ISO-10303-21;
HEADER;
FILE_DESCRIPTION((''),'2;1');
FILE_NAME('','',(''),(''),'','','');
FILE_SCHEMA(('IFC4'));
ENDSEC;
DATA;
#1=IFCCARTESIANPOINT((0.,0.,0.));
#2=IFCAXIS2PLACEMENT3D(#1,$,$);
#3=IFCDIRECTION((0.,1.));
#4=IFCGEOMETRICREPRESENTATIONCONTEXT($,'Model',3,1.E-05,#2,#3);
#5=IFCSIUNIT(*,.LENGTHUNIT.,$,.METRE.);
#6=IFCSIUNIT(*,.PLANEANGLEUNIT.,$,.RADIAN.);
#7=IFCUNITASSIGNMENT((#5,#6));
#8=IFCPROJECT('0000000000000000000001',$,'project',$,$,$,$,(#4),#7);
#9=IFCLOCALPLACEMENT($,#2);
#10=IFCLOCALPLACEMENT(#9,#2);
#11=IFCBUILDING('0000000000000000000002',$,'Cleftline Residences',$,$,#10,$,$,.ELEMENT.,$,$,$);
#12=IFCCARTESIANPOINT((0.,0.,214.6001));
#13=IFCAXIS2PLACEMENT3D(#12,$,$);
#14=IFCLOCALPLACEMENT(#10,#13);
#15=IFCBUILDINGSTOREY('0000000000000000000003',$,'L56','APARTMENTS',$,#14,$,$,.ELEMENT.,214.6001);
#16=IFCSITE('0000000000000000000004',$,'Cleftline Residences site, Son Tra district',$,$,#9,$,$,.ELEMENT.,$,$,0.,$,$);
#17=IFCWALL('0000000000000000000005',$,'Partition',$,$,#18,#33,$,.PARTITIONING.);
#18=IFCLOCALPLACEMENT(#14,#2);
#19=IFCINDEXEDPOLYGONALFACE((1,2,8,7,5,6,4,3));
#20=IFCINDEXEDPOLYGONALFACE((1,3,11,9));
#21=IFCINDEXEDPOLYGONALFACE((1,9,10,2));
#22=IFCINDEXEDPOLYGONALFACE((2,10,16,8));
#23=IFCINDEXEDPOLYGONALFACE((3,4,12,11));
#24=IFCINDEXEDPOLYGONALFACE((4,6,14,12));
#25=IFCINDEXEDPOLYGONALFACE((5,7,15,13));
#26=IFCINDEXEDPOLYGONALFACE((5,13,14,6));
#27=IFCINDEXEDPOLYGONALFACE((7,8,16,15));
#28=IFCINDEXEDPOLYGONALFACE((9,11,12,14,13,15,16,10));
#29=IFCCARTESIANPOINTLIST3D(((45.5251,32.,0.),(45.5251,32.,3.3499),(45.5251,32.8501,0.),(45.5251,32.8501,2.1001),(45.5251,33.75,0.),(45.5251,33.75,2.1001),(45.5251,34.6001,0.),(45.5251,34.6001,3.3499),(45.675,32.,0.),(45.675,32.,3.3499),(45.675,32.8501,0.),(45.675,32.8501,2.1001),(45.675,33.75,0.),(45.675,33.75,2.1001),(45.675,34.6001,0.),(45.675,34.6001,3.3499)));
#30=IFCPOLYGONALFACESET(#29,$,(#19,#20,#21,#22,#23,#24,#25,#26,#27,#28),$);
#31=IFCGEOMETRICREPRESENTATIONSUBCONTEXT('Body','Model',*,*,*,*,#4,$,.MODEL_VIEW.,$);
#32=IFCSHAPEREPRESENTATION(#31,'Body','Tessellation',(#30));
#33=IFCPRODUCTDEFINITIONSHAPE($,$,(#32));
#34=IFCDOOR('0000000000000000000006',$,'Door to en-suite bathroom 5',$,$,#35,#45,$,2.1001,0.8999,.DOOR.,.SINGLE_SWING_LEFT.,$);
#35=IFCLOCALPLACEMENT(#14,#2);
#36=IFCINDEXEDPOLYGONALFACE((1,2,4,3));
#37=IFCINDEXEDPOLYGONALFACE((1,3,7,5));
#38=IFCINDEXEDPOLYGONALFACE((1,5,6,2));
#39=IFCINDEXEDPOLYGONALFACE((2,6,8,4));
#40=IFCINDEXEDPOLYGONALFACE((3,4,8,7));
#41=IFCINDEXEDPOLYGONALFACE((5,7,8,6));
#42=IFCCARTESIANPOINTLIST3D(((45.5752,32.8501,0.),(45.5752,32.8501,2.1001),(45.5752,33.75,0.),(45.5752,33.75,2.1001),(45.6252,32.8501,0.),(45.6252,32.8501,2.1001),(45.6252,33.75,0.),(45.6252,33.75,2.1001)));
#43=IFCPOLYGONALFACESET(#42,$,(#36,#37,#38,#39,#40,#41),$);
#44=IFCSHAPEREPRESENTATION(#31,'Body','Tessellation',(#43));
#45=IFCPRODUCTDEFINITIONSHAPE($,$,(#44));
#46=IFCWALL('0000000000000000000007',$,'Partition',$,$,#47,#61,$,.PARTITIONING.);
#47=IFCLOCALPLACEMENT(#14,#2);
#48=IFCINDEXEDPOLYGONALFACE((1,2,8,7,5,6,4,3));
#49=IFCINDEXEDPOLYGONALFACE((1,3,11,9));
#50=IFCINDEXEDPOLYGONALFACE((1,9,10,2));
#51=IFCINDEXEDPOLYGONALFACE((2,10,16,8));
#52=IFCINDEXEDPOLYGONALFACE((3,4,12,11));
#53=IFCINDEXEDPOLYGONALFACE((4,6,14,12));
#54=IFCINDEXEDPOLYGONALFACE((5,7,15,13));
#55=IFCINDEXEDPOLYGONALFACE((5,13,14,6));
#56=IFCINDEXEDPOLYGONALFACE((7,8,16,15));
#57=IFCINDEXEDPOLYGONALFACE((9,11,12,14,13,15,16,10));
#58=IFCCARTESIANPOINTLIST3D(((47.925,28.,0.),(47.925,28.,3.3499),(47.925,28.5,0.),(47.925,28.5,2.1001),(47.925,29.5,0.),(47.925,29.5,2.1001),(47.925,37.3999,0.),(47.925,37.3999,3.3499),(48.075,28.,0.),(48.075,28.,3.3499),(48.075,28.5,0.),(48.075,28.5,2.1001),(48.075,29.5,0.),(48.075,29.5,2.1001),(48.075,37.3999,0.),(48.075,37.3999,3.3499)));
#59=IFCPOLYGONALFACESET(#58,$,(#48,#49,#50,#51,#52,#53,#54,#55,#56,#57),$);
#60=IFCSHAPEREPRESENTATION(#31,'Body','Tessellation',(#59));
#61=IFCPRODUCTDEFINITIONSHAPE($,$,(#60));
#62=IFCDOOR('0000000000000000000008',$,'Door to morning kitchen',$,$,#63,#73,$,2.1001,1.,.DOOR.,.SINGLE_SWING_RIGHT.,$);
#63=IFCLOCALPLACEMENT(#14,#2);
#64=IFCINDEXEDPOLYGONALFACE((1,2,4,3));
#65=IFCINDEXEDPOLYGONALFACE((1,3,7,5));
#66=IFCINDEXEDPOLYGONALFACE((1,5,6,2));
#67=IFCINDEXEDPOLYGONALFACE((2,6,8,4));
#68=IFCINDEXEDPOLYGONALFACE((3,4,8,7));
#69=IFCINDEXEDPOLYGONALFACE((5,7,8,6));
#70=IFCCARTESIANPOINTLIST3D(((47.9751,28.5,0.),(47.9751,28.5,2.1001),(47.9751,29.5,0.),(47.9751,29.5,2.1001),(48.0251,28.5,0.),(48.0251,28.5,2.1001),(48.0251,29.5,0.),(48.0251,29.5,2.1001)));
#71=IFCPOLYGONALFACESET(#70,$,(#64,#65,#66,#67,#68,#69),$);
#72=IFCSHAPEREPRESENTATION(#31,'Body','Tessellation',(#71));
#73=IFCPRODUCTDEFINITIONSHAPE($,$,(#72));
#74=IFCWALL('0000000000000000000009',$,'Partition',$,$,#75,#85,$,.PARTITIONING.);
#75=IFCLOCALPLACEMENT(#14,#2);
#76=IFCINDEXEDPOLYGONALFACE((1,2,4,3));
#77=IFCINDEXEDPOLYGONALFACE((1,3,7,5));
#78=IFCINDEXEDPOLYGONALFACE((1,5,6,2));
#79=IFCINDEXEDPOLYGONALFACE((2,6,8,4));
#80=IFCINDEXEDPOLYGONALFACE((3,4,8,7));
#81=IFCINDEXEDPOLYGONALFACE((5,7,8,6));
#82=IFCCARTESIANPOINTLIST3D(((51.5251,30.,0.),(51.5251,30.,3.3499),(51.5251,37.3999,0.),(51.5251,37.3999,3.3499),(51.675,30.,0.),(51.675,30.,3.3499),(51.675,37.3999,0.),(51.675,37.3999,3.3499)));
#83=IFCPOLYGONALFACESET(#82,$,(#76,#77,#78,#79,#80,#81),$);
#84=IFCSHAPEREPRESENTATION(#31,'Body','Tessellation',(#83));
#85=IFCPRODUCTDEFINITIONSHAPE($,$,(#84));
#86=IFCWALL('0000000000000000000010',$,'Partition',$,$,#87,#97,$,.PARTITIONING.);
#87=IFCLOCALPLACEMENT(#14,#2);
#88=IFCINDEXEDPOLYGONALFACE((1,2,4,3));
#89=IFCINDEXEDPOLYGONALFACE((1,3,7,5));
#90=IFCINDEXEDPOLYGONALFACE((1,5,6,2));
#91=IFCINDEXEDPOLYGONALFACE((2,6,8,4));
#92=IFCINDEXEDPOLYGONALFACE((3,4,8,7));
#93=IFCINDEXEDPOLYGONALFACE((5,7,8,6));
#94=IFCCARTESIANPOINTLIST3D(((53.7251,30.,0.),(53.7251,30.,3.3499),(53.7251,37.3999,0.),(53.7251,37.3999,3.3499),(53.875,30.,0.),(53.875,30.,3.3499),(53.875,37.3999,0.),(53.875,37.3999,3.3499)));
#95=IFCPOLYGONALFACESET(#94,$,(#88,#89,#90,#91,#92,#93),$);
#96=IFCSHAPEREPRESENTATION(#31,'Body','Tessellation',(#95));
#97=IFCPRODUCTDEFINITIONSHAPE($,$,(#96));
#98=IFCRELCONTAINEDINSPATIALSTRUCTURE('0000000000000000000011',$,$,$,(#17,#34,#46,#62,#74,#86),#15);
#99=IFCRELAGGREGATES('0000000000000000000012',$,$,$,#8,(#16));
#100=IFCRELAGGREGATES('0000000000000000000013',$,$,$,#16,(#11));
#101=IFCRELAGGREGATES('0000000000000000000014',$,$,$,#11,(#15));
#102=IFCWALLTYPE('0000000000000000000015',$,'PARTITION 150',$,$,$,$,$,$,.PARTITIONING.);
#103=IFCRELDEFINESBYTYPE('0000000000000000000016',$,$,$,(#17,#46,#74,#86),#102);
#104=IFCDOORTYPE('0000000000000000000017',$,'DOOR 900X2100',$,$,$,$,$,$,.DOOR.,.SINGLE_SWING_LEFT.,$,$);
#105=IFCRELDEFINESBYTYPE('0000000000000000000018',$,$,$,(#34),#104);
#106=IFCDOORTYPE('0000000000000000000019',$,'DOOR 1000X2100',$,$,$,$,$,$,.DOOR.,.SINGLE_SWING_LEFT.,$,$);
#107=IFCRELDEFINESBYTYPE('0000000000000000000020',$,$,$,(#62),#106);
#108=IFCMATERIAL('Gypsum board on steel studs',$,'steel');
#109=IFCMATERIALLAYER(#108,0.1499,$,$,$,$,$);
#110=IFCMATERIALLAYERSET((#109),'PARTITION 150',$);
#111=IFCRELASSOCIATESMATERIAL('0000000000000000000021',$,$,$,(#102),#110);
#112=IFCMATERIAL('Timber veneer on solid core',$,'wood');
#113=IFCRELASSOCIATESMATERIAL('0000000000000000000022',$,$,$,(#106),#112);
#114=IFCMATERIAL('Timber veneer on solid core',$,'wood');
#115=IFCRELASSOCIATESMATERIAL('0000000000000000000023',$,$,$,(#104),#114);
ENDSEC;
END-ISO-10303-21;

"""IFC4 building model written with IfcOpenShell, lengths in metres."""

from ifc_helpers import new_model, si_unit, direction, frame, frame_2d, origin, place, context, subcontext, project, spatial, rectangle, extrude, material, layer, layer_set, type_object, element, fill, save


model = new_model("IFC4")

# Units and contexts
model_context = context("Model", 3, precision=1e-05, world=origin(), true_north=direction((0.0, 1.0)))
body_context = subcontext(model_context, "Body", "Model", "MODEL_VIEW")
ifc_project = project(units=[si_unit("LENGTHUNIT", "METRE"), si_unit("PLANEANGLEUNIT", "RADIAN")], contexts=[model_context])

# Site, building, storey
site_placement = place(None, origin())
site = spatial("IfcSite", under=ifc_project, at=site_placement, Name="Cleftline Residences site, Son Tra district", CompositionType="ELEMENT", RefElevation=0.0)
building_placement = place(site_placement, origin())
building = spatial("IfcBuilding", under=site, at=building_placement, Name="Cleftline Residences", CompositionType="ELEMENT")
storey_placement = place(building_placement, frame((0.0, 0.0, 214.6001)))
storey = spatial("IfcBuildingStorey", under=building, at=storey_placement, Name="L56", Description="APARTMENTS", CompositionType="ELEMENT", Elevation=214.6001)

# Shared definitions
ifc_material_1 = material(Name="Gypsum board on steel studs", Category="steel")
ifc_layer_1 = layer(ifc_material_1, 0.1499)
ifc_layer_set_1 = layer_set([ifc_layer_1], Name="PARTITION 150")
wall_type_1 = type_object("IfcWallType", Name="PARTITION 150", PredefinedType="PARTITIONING", material=ifc_layer_set_1)
ifc_material_2 = material(Name="Timber veneer on solid core", Category="wood")
door_type_1 = type_object("IfcDoorType", Name="DOOR 1000X2100", OperationType="SINGLE_SWING_LEFT", PredefinedType="DOOR", material=ifc_material_2)

# Walls, openings, doors
wall_1_placement = place(storey_placement, frame((45.6001, 32.0, 0.0), z_axis=(0.0, 0.0, 1.0), x_axis=(0.0, 1.0, 0.0)))
wall_1 = element("IfcWall", 1, at=wall_1_placement, inside=storey, type_object=wall_type_1, Name="Partition", PredefinedType="PARTITIONING", context=body_context, shape_type="SweptSolid", body=[
    extrude(rectangle(XDim=2.6001, YDim=0.1499, at=frame_2d((1.3, 0.0))), origin(), (0.0, 0.0, 1.0), 3.3499),
])
opening_1_placement = place(wall_1_placement, frame((0.8501, 0.0, 0.0)))
opening_1 = element("IfcOpeningElement", 2, at=opening_1_placement, cuts=wall_1, PredefinedType="OPENING", context=body_context, shape_type="SweptSolid", body=[
    extrude(rectangle(XDim=0.8999, YDim=2.1001, at=frame_2d((0.45, 1.05))), frame((0.0, 0.085, 0.0), z_axis=(0.0, -1.0, 0.0), x_axis=(1.0, 0.0, 0.0)), (0.0, 0.0, 1.0), 0.1699),
])
ifc_material_3 = material(Name="Timber veneer on solid core", Category="wood")
door_type_2 = type_object("IfcDoorType", Name="DOOR 900X2100", OperationType="SINGLE_SWING_LEFT", PredefinedType="DOOR", material=ifc_material_3)
door_1_placement = place(opening_1_placement, origin())
door_1 = element("IfcDoor", 3, at=door_1_placement, inside=storey, type_object=door_type_2, Name="Door to en-suite bathroom 5", OperationType="SINGLE_SWING_LEFT", OverallHeight=2.1001, OverallWidth=0.8999, PredefinedType="DOOR", context=body_context, shape_type="SweptSolid", body=[
    extrude(rectangle(XDim=0.8999, YDim=2.1001, at=frame_2d((0.45, 1.05))), frame((0.0, 0.0249, 0.0), z_axis=(0.0, -1.0, 0.0), x_axis=(1.0, 0.0, 0.0)), (0.0, 0.0, 1.0), 0.05),
])
fill(opening_1, door_1)
wall_2_placement = place(storey_placement, frame((48.0, 28.0, 0.0), z_axis=(0.0, 0.0, 1.0), x_axis=(0.0, 1.0, 0.0)))
wall_2 = element("IfcWall", 4, at=wall_2_placement, inside=storey, type_object=wall_type_1, Name="Partition", PredefinedType="PARTITIONING", context=body_context, shape_type="SweptSolid", body=[
    extrude(rectangle(XDim=9.3999, YDim=0.1499, at=frame_2d((4.7, 0.0))), origin(), (0.0, 0.0, 1.0), 3.3499),
])
opening_2_placement = place(wall_2_placement, frame((0.5, 0.0, 0.0)))
opening_2 = element("IfcOpeningElement", 5, at=opening_2_placement, cuts=wall_2, PredefinedType="OPENING", context=body_context, shape_type="SweptSolid", body=[
    extrude(rectangle(XDim=1.0, YDim=2.1001, at=frame_2d((0.5, 1.05))), frame((0.0, 0.085, 0.0), z_axis=(0.0, -1.0, 0.0), x_axis=(1.0, 0.0, 0.0)), (0.0, 0.0, 1.0), 0.1699),
])
door_2_placement = place(opening_2_placement, origin())
door_2 = element("IfcDoor", 6, at=door_2_placement, inside=storey, type_object=door_type_1, Name="Door to morning kitchen", OperationType="SINGLE_SWING_RIGHT", OverallHeight=2.1001, OverallWidth=1.0, PredefinedType="DOOR", context=body_context, shape_type="SweptSolid", body=[
    extrude(rectangle(XDim=1.0, YDim=2.1001, at=frame_2d((0.5, 1.05))), frame((0.0, 0.0249, 0.0), z_axis=(0.0, -1.0, 0.0), x_axis=(1.0, 0.0, 0.0)), (0.0, 0.0, 1.0), 0.05),
])
fill(opening_2, door_2)

# Walls
for number, where, z_axis, x_axis, name in (
    (7, (51.6001, 30.0, 0.0), (0.0, 0.0, 1.0), (0.0, 1.0, 0.0), "Partition"),
    (8, (53.8, 30.0, 0.0), (0.0, 0.0, 1.0), (0.0, 1.0, 0.0), "Partition"),
):
    element("IfcWall", number, at=place(storey_placement, frame(where, z_axis=z_axis, x_axis=x_axis)), inside=storey, type_object=wall_type_1, Name=name, PredefinedType="PARTITIONING", context=body_context, shape_type="SweptSolid", body=[
        extrude(rectangle(XDim=7.3999, YDim=0.1499, at=frame_2d((3.7, 0.0))), origin(), (0.0, 0.0, 1.0), 3.3499),
    ])

save(model, "model.ifc")
